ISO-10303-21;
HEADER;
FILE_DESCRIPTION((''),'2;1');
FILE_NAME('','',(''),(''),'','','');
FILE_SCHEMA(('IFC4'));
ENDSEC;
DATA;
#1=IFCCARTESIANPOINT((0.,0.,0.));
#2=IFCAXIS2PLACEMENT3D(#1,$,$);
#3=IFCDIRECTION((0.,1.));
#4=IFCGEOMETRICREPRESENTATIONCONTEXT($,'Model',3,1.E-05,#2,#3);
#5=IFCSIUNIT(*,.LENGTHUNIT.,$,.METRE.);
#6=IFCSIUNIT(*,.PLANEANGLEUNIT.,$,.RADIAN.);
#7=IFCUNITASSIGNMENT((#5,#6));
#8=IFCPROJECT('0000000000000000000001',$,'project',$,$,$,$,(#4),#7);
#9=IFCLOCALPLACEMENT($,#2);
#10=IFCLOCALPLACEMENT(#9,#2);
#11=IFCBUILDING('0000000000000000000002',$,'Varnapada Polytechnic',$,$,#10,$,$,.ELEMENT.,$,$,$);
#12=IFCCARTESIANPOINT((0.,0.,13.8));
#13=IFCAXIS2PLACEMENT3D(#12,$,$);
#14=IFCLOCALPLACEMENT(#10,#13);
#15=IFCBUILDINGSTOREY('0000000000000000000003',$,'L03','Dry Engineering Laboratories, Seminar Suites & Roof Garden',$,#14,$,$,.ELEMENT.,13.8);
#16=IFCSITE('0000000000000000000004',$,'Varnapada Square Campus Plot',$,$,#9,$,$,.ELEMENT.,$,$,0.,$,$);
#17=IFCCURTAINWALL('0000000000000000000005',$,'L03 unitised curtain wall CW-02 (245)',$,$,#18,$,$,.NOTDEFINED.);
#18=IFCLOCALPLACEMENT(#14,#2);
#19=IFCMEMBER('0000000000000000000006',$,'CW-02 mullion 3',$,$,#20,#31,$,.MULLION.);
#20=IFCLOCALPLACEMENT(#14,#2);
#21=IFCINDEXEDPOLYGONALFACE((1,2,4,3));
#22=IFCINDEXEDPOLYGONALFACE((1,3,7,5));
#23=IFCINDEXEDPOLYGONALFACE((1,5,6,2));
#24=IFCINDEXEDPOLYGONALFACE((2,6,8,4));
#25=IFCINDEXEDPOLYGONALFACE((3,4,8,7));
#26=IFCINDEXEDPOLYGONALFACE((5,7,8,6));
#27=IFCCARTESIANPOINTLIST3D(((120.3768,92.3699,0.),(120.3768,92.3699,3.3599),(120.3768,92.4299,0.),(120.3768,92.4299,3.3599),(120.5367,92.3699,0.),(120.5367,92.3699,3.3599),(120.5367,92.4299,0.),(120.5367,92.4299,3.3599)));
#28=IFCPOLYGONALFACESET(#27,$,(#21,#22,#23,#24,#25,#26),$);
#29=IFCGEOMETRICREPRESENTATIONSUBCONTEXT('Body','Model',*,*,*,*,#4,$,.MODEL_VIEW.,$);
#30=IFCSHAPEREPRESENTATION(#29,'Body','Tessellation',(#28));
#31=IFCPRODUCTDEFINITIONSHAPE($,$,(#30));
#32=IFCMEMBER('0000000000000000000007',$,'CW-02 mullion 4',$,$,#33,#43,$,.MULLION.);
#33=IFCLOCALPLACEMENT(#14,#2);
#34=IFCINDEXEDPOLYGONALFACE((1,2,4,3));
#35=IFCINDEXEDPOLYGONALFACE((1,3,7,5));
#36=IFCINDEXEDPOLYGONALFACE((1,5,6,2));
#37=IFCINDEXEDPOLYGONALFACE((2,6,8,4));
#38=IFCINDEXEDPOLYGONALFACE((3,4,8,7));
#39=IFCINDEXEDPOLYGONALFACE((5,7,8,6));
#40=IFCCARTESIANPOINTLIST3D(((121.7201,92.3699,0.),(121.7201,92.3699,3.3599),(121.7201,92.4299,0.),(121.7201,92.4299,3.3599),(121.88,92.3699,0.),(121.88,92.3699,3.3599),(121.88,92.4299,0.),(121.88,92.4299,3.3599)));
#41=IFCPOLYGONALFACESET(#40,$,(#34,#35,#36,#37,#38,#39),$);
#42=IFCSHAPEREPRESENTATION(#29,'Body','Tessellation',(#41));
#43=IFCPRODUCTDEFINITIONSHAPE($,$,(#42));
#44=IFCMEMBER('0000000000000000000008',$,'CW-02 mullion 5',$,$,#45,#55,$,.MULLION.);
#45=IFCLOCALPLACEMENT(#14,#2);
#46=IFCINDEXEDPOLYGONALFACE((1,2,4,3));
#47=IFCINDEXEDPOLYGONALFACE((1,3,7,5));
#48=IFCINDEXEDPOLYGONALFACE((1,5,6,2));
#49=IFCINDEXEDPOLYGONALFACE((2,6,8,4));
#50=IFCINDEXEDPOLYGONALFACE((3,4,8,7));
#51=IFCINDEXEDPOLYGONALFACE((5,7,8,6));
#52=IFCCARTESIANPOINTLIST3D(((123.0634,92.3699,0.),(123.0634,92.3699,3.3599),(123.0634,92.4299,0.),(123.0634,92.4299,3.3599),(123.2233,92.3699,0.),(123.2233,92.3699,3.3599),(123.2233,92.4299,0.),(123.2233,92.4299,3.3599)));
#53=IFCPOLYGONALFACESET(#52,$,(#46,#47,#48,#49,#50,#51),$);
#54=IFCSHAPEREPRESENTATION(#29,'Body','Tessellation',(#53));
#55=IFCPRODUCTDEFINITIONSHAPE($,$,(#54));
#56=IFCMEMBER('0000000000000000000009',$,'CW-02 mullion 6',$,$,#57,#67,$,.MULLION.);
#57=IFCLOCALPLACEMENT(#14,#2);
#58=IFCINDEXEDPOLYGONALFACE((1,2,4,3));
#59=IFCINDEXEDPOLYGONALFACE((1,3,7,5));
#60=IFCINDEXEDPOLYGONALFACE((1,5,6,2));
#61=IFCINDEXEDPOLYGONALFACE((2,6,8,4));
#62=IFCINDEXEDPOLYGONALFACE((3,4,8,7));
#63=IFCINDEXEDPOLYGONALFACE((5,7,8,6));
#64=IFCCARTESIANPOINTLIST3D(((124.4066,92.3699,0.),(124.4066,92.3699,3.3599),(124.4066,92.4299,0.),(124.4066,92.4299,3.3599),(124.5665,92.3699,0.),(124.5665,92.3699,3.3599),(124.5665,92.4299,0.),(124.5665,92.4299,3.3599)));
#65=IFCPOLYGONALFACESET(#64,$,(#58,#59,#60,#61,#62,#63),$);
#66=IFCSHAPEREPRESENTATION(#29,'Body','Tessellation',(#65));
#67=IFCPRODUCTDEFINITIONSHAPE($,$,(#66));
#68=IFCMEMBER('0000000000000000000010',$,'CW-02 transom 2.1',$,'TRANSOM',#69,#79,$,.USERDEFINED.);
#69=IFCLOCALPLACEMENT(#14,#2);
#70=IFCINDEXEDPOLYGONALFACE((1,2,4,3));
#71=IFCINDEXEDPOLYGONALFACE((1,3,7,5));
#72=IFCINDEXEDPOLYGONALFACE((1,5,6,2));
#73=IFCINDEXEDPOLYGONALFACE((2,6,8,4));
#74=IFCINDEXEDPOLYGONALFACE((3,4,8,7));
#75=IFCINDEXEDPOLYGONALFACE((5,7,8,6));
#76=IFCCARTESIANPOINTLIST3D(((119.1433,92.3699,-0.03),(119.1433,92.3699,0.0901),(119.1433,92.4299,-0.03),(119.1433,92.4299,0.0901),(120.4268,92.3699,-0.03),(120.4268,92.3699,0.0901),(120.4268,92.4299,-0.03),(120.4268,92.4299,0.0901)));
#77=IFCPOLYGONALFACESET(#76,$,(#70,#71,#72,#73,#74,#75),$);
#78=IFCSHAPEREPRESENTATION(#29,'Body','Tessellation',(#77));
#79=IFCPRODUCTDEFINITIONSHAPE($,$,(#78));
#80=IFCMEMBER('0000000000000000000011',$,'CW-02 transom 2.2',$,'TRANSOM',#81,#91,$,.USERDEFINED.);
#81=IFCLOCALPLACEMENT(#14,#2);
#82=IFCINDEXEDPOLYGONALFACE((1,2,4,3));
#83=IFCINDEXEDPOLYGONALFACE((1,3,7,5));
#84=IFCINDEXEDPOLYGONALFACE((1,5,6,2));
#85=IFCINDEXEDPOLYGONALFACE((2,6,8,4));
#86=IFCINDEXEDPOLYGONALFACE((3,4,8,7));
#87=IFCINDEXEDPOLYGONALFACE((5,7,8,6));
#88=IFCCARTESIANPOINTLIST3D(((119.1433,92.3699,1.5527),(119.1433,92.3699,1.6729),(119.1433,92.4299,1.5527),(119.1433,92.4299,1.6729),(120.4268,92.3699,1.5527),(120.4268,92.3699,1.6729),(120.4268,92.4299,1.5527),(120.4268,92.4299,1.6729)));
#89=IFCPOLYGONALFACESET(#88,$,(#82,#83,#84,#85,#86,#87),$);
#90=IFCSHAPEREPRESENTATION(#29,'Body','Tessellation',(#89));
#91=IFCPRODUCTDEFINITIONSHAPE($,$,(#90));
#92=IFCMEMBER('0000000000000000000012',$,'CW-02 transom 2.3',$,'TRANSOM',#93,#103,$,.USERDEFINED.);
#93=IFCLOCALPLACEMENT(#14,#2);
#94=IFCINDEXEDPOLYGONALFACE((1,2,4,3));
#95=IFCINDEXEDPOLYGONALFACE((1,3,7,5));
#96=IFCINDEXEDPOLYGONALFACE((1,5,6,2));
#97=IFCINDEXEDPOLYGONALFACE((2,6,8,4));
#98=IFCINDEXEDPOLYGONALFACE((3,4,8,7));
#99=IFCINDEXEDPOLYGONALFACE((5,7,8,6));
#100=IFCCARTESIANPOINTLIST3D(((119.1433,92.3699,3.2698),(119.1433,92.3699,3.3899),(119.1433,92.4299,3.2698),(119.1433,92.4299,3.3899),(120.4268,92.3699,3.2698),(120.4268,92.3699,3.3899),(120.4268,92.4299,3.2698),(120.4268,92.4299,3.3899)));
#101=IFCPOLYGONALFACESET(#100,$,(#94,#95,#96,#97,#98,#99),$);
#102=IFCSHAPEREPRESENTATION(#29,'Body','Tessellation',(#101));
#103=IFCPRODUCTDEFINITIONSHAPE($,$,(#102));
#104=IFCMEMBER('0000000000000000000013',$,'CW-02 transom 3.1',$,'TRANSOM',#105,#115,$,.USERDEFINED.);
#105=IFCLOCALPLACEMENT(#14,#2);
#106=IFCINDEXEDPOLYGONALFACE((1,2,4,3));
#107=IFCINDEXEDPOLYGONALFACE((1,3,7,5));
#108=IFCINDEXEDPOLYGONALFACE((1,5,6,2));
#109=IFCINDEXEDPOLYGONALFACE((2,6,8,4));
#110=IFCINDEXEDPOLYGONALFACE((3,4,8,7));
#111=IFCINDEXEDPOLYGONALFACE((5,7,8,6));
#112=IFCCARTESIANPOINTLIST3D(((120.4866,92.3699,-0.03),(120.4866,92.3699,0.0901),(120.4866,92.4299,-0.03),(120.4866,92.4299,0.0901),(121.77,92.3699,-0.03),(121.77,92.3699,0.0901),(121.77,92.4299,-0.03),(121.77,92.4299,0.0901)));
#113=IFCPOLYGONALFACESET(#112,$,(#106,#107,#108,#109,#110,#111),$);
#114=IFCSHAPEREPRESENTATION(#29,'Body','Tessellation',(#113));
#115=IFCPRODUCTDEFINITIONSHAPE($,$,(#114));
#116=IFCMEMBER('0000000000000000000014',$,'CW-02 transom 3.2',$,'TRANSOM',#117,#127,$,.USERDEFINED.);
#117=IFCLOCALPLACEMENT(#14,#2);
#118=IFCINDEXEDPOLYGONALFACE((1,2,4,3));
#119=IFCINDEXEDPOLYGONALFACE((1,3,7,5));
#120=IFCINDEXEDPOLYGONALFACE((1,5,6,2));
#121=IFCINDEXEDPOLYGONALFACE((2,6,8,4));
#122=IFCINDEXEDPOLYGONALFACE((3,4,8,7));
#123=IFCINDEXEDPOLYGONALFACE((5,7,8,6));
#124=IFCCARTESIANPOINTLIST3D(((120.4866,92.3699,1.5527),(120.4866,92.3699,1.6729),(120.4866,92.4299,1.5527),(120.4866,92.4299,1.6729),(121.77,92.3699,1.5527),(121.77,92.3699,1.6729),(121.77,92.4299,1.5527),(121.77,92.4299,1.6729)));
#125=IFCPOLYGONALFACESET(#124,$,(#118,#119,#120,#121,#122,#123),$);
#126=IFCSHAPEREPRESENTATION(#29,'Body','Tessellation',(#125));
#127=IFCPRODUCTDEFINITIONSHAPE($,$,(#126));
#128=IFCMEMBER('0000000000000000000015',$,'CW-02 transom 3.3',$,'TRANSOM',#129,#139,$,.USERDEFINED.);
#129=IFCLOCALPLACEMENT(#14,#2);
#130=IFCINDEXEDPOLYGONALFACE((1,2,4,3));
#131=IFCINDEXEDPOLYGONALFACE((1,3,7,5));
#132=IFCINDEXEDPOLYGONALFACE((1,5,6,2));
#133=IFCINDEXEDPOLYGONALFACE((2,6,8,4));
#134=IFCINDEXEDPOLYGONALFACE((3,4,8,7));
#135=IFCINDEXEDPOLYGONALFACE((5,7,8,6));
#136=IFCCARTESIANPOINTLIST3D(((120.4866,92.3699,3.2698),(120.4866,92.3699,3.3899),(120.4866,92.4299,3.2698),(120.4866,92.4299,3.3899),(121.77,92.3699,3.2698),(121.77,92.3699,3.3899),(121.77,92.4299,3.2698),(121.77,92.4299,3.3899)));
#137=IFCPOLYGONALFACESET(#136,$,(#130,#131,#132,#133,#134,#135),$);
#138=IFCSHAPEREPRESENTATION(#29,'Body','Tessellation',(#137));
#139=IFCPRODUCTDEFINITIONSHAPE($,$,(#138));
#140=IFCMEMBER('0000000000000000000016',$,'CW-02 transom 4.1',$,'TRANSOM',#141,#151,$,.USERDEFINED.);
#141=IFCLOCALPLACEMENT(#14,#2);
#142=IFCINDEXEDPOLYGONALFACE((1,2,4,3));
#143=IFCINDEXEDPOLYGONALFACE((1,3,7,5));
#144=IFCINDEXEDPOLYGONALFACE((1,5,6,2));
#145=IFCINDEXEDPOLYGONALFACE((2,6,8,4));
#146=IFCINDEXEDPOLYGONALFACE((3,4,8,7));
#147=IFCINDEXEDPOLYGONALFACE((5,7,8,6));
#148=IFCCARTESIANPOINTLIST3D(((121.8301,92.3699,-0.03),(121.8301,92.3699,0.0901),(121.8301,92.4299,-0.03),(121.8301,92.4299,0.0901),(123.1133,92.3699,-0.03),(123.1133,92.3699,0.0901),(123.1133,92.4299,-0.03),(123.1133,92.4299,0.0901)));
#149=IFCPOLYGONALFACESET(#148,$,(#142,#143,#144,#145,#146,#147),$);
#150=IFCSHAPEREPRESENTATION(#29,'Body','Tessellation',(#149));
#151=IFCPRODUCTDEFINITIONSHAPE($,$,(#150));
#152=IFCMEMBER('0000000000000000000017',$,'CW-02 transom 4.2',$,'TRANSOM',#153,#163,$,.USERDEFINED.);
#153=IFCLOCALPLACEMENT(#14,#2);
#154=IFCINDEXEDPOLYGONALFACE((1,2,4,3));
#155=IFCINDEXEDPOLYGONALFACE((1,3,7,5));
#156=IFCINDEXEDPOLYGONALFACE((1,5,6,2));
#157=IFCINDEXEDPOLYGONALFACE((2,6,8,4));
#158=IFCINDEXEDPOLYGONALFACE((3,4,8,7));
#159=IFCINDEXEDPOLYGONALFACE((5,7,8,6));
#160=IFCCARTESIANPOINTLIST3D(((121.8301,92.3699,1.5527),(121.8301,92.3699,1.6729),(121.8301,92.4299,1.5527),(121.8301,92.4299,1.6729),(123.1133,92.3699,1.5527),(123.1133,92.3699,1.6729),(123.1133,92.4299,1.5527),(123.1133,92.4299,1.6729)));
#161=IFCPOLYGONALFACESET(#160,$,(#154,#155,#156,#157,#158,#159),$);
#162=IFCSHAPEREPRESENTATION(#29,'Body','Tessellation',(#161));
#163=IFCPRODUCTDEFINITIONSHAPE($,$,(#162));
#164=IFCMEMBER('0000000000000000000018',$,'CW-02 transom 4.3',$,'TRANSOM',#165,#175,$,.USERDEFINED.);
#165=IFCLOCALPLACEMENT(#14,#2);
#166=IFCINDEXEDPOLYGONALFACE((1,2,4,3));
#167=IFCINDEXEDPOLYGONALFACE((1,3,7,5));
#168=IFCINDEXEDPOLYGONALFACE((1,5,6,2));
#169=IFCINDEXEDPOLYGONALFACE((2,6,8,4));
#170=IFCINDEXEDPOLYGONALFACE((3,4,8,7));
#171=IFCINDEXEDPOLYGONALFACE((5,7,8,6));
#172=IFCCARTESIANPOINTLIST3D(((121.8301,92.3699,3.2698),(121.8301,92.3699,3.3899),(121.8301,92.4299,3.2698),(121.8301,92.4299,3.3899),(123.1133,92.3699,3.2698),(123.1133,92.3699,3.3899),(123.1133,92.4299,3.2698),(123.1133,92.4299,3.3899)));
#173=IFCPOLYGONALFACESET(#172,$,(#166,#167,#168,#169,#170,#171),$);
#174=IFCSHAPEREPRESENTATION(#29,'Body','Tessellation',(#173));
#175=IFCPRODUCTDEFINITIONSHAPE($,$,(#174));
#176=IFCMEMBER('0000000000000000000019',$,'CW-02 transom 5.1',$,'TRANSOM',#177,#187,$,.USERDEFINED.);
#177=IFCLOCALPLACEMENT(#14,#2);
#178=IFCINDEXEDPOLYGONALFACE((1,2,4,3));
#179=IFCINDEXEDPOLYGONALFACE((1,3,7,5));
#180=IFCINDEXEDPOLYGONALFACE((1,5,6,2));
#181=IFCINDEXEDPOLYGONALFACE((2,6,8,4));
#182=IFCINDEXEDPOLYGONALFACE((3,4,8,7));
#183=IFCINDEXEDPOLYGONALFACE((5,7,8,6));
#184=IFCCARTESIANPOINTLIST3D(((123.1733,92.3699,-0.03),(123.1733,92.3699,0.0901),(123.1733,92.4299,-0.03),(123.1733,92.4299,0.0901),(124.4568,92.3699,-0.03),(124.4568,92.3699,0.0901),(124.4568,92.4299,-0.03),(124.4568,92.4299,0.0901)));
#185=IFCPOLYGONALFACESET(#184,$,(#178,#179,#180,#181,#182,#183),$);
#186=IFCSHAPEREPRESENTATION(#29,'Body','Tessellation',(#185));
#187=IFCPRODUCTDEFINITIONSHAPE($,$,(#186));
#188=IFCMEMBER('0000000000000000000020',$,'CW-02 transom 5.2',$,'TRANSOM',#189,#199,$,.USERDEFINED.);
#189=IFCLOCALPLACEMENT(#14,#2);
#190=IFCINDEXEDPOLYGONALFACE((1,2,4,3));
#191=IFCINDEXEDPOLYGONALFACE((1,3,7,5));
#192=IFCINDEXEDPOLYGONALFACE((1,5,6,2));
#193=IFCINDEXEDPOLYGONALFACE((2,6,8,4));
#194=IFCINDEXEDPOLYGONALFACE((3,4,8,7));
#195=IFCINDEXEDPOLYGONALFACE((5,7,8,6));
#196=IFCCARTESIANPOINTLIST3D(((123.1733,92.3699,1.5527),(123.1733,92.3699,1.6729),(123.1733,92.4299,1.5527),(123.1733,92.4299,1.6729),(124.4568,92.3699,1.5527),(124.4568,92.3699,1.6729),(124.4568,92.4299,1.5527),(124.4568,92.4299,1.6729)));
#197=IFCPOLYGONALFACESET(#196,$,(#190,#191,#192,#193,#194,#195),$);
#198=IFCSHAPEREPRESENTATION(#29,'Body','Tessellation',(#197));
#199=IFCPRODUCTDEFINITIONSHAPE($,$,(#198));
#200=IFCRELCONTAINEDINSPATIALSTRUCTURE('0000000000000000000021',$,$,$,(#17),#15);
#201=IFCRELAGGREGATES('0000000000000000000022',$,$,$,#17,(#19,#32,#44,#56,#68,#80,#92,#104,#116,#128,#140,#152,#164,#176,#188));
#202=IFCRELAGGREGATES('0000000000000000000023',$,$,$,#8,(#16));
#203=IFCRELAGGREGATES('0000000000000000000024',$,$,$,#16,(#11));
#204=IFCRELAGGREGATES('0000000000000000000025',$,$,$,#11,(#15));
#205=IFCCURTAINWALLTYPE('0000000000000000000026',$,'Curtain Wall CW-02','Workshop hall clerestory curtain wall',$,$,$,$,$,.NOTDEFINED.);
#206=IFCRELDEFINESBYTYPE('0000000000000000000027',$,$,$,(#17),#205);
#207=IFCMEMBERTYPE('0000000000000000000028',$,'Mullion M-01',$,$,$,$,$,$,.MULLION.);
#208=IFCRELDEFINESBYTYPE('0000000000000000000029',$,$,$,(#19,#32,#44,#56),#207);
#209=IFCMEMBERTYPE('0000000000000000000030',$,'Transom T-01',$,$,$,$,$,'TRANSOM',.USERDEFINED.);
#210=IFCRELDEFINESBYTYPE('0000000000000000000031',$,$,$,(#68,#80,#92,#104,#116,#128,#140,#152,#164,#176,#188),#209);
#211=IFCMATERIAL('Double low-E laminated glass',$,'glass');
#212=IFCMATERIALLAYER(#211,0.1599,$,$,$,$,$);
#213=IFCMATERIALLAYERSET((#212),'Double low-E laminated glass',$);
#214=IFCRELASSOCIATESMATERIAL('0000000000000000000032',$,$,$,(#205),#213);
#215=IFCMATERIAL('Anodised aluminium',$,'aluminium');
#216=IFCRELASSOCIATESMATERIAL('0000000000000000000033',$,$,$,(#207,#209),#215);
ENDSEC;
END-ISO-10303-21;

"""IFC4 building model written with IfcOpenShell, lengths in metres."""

from ifc_helpers import new_model, si_unit, direction, frame, origin, origin_2d, place, context, subcontext, project, spatial, rectangle, extrude, material, layer, layer_set, material_profile, profile_set, type_object, element, aggregate, save


model = new_model("IFC4")

# Units and contexts
model_context = context("Model", 3, precision=1e-05, world=origin(), true_north=direction((0.0, 1.0)))
body_context = subcontext(model_context, "Body", "Model", "MODEL_VIEW")
ifc_project = project(units=[si_unit("LENGTHUNIT", "METRE"), si_unit("PLANEANGLEUNIT", "RADIAN")], contexts=[model_context])

# Site, building, storey
site_placement = place(None, origin())
site = spatial("IfcSite", under=ifc_project, at=site_placement, Name="Varnapada Square Campus Plot", CompositionType="ELEMENT", RefElevation=0.0)
building_placement = place(site_placement, origin())
building = spatial("IfcBuilding", under=site, at=building_placement, Name="Varnapada Polytechnic", CompositionType="ELEMENT")
storey_placement = place(building_placement, frame((0.0, 0.0, 13.8)))
storey = spatial("IfcBuildingStorey", under=building, at=storey_placement, Name="L03", Description="Dry Engineering Laboratories, Seminar Suites & Roof Garden", CompositionType="ELEMENT", Elevation=13.8)

# Curtain wall, members
ifc_material_1 = material(Name="Double low-E laminated glass", Category="glass")
ifc_layer_1 = layer(ifc_material_1, 0.1599)
ifc_layer_set_1 = layer_set([ifc_layer_1], Name="Double low-E laminated glass")
curtain_wall_type = type_object("IfcCurtainWallType", Name="Curtain Wall CW-02", Description="Workshop hall clerestory curtain wall", PredefinedType="NOTDEFINED", material=ifc_layer_set_1)
curtain_wall_placement = place(storey_placement, origin())
curtain_wall = element("IfcCurtainWall", 1, at=curtain_wall_placement, inside=storey, type_object=curtain_wall_type, Name="L03 unitised curtain wall CW-02 (245)", PredefinedType="NOTDEFINED")
ifc_material_2 = material(Name="Anodised aluminium", Category="aluminium")
ifc_material_profile_1 = material_profile(ifc_material_2, rectangle(XDim=0.0601, YDim=0.1599, at=origin_2d()), Name="ALU M60x160")
ifc_profile_set_1 = profile_set([ifc_material_profile_1], Name="Anodised aluminium")
member_type_1 = type_object("IfcMemberType", Name="Mullion M-01", PredefinedType="MULLION", material=ifc_profile_set_1)
member_1_placement = place(storey_placement, frame((120.4568, 92.3999, 0.0), z_axis=(0.0, 0.0, 1.0), x_axis=(0.0, 1.0, 0.0)))
member_1 = element("IfcMember", 2, at=member_1_placement, type_object=member_type_1, Name="CW-02 mullion 3", PredefinedType="MULLION", context=body_context, shape_type="SweptSolid", body=[
    extrude(rectangle(XDim=0.0601, YDim=0.1599, at=origin_2d()), origin(), (0.0, 0.0, 1.0), 3.3599),
])
member_2_placement = place(storey_placement, frame((121.8, 92.3999, 0.0), z_axis=(0.0, 0.0, 1.0), x_axis=(0.0, 1.0, 0.0)))
member_2 = element("IfcMember", 3, at=member_2_placement, type_object=member_type_1, Name="CW-02 mullion 4", PredefinedType="MULLION", context=body_context, shape_type="SweptSolid", body=[
    extrude(rectangle(XDim=0.0601, YDim=0.1599, at=origin_2d()), origin(), (0.0, 0.0, 1.0), 3.3599),
])
member_3_placement = place(storey_placement, frame((123.1433, 92.3999, 0.0), z_axis=(0.0, 0.0, 1.0), x_axis=(0.0, 1.0, 0.0)))
member_3 = element("IfcMember", 4, at=member_3_placement, type_object=member_type_1, Name="CW-02 mullion 5", PredefinedType="MULLION", context=body_context, shape_type="SweptSolid", body=[
    extrude(rectangle(XDim=0.0601, YDim=0.1599, at=origin_2d()), origin(), (0.0, 0.0, 1.0), 3.3599),
])
member_4_placement = place(storey_placement, frame((124.4866, 92.3999, 0.0), z_axis=(0.0, 0.0, 1.0), x_axis=(0.0, 1.0, 0.0)))
member_4 = element("IfcMember", 5, at=member_4_placement, type_object=member_type_1, Name="CW-02 mullion 6", PredefinedType="MULLION", context=body_context, shape_type="SweptSolid", body=[
    extrude(rectangle(XDim=0.0601, YDim=0.1599, at=origin_2d()), origin(), (0.0, 0.0, 1.0), 3.3599),
])
ifc_material_profile_2 = material_profile(ifc_material_2, rectangle(XDim=0.0601, YDim=0.1201, at=origin_2d()), Name="ALU T60x120")
ifc_profile_set_2 = profile_set([ifc_material_profile_2], Name="Anodised aluminium")
member_type_2 = type_object("IfcMemberType", Name="Transom T-01", ElementType="TRANSOM", PredefinedType="USERDEFINED", material=ifc_profile_set_2)
member_5_placement = place(storey_placement, frame((119.1433, 92.3999, 0.03), z_axis=(1.0, 0.0, 0.0), x_axis=(0.0, 1.0, 0.0)))
member_5 = element("IfcMember", 6, at=member_5_placement, type_object=member_type_2, Name="CW-02 transom 2.1", ObjectType="TRANSOM", PredefinedType="USERDEFINED", context=body_context, shape_type="SweptSolid", body=[
    extrude(rectangle(XDim=0.0601, YDim=0.1201, at=origin_2d()), origin(), (0.0, 0.0, 1.0), 1.2834),
])
member_6_placement = place(storey_placement, frame((119.1433, 92.3999, 1.6128), z_axis=(1.0, 0.0, 0.0), x_axis=(0.0, 1.0, 0.0)))
member_6 = element("IfcMember", 7, at=member_6_placement, type_object=member_type_2, Name="CW-02 transom 2.2", ObjectType="TRANSOM", PredefinedType="USERDEFINED", context=body_context, shape_type="SweptSolid", body=[
    extrude(rectangle(XDim=0.0601, YDim=0.1201, at=origin_2d()), origin(), (0.0, 0.0, 1.0), 1.2834),
])
member_7_placement = place(storey_placement, frame((119.1433, 92.3999, 3.3298), z_axis=(1.0, 0.0, 0.0), x_axis=(0.0, 1.0, 0.0)))
member_7 = element("IfcMember", 8, at=member_7_placement, type_object=member_type_2, Name="CW-02 transom 2.3", ObjectType="TRANSOM", PredefinedType="USERDEFINED", context=body_context, shape_type="SweptSolid", body=[
    extrude(rectangle(XDim=0.0601, YDim=0.1201, at=origin_2d()), origin(), (0.0, 0.0, 1.0), 1.2834),
])
member_8_placement = place(storey_placement, frame((120.4866, 92.3999, 0.03), z_axis=(1.0, 0.0, 0.0), x_axis=(0.0, 1.0, 0.0)))
member_8 = element("IfcMember", 9, at=member_8_placement, type_object=member_type_2, Name="CW-02 transom 3.1", ObjectType="TRANSOM", PredefinedType="USERDEFINED", context=body_context, shape_type="SweptSolid", body=[
    extrude(rectangle(XDim=0.0601, YDim=0.1201, at=origin_2d()), origin(), (0.0, 0.0, 1.0), 1.2834),
])
member_9_placement = place(storey_placement, frame((120.4866, 92.3999, 1.6128), z_axis=(1.0, 0.0, 0.0), x_axis=(0.0, 1.0, 0.0)))
member_9 = element("IfcMember", 10, at=member_9_placement, type_object=member_type_2, Name="CW-02 transom 3.2", ObjectType="TRANSOM", PredefinedType="USERDEFINED", context=body_context, shape_type="SweptSolid", body=[
    extrude(rectangle(XDim=0.0601, YDim=0.1201, at=origin_2d()), origin(), (0.0, 0.0, 1.0), 1.2834),
])
member_10_placement = place(storey_placement, frame((120.4866, 92.3999, 3.3298), z_axis=(1.0, 0.0, 0.0), x_axis=(0.0, 1.0, 0.0)))
member_10 = element("IfcMember", 11, at=member_10_placement, type_object=member_type_2, Name="CW-02 transom 3.3", ObjectType="TRANSOM", PredefinedType="USERDEFINED", context=body_context, shape_type="SweptSolid", body=[
    extrude(rectangle(XDim=0.0601, YDim=0.1201, at=origin_2d()), origin(), (0.0, 0.0, 1.0), 1.2834),
])
member_11_placement = place(storey_placement, frame((121.8301, 92.3999, 0.03), z_axis=(1.0, 0.0, 0.0), x_axis=(0.0, 1.0, 0.0)))
member_11 = element("IfcMember", 12, at=member_11_placement, type_object=member_type_2, Name="CW-02 transom 4.1", ObjectType="TRANSOM", PredefinedType="USERDEFINED", context=body_context, shape_type="SweptSolid", body=[
    extrude(rectangle(XDim=0.0601, YDim=0.1201, at=origin_2d()), origin(), (0.0, 0.0, 1.0), 1.2832),
])
member_12_placement = place(storey_placement, frame((121.8301, 92.3999, 1.6128), z_axis=(1.0, 0.0, 0.0), x_axis=(0.0, 1.0, 0.0)))
member_12 = element("IfcMember", 13, at=member_12_placement, type_object=member_type_2, Name="CW-02 transom 4.2", ObjectType="TRANSOM", PredefinedType="USERDEFINED", context=body_context, shape_type="SweptSolid", body=[
    extrude(rectangle(XDim=0.0601, YDim=0.1201, at=origin_2d()), origin(), (0.0, 0.0, 1.0), 1.2832),
])
member_13_placement = place(storey_placement, frame((121.8301, 92.3999, 3.3298), z_axis=(1.0, 0.0, 0.0), x_axis=(0.0, 1.0, 0.0)))
member_13 = element("IfcMember", 14, at=member_13_placement, type_object=member_type_2, Name="CW-02 transom 4.3", ObjectType="TRANSOM", PredefinedType="USERDEFINED", context=body_context, shape_type="SweptSolid", body=[
    extrude(rectangle(XDim=0.0601, YDim=0.1201, at=origin_2d()), origin(), (0.0, 0.0, 1.0), 1.2832),
])
member_14_placement = place(storey_placement, frame((123.1733, 92.3999, 0.03), z_axis=(1.0, 0.0, 0.0), x_axis=(0.0, 1.0, 0.0)))
member_14 = element("IfcMember", 15, at=member_14_placement, type_object=member_type_2, Name="CW-02 transom 5.1", ObjectType="TRANSOM", PredefinedType="USERDEFINED", context=body_context, shape_type="SweptSolid", body=[
    extrude(rectangle(XDim=0.0601, YDim=0.1201, at=origin_2d()), origin(), (0.0, 0.0, 1.0), 1.2834),
])
member_15_placement = place(storey_placement, frame((123.1733, 92.3999, 1.6128), z_axis=(1.0, 0.0, 0.0), x_axis=(0.0, 1.0, 0.0)))
member_15 = element("IfcMember", 16, at=member_15_placement, type_object=member_type_2, Name="CW-02 transom 5.2", ObjectType="TRANSOM", PredefinedType="USERDEFINED", context=body_context, shape_type="SweptSolid", body=[
    extrude(rectangle(XDim=0.0601, YDim=0.1201, at=origin_2d()), origin(), (0.0, 0.0, 1.0), 1.2834),
])
aggregate(curtain_wall, [member_1, member_2, member_3, member_4, member_5, member_6, member_7, member_8, member_9, member_10, member_11, member_12, member_13, member_14, member_15])

save(model, "model.ifc")
